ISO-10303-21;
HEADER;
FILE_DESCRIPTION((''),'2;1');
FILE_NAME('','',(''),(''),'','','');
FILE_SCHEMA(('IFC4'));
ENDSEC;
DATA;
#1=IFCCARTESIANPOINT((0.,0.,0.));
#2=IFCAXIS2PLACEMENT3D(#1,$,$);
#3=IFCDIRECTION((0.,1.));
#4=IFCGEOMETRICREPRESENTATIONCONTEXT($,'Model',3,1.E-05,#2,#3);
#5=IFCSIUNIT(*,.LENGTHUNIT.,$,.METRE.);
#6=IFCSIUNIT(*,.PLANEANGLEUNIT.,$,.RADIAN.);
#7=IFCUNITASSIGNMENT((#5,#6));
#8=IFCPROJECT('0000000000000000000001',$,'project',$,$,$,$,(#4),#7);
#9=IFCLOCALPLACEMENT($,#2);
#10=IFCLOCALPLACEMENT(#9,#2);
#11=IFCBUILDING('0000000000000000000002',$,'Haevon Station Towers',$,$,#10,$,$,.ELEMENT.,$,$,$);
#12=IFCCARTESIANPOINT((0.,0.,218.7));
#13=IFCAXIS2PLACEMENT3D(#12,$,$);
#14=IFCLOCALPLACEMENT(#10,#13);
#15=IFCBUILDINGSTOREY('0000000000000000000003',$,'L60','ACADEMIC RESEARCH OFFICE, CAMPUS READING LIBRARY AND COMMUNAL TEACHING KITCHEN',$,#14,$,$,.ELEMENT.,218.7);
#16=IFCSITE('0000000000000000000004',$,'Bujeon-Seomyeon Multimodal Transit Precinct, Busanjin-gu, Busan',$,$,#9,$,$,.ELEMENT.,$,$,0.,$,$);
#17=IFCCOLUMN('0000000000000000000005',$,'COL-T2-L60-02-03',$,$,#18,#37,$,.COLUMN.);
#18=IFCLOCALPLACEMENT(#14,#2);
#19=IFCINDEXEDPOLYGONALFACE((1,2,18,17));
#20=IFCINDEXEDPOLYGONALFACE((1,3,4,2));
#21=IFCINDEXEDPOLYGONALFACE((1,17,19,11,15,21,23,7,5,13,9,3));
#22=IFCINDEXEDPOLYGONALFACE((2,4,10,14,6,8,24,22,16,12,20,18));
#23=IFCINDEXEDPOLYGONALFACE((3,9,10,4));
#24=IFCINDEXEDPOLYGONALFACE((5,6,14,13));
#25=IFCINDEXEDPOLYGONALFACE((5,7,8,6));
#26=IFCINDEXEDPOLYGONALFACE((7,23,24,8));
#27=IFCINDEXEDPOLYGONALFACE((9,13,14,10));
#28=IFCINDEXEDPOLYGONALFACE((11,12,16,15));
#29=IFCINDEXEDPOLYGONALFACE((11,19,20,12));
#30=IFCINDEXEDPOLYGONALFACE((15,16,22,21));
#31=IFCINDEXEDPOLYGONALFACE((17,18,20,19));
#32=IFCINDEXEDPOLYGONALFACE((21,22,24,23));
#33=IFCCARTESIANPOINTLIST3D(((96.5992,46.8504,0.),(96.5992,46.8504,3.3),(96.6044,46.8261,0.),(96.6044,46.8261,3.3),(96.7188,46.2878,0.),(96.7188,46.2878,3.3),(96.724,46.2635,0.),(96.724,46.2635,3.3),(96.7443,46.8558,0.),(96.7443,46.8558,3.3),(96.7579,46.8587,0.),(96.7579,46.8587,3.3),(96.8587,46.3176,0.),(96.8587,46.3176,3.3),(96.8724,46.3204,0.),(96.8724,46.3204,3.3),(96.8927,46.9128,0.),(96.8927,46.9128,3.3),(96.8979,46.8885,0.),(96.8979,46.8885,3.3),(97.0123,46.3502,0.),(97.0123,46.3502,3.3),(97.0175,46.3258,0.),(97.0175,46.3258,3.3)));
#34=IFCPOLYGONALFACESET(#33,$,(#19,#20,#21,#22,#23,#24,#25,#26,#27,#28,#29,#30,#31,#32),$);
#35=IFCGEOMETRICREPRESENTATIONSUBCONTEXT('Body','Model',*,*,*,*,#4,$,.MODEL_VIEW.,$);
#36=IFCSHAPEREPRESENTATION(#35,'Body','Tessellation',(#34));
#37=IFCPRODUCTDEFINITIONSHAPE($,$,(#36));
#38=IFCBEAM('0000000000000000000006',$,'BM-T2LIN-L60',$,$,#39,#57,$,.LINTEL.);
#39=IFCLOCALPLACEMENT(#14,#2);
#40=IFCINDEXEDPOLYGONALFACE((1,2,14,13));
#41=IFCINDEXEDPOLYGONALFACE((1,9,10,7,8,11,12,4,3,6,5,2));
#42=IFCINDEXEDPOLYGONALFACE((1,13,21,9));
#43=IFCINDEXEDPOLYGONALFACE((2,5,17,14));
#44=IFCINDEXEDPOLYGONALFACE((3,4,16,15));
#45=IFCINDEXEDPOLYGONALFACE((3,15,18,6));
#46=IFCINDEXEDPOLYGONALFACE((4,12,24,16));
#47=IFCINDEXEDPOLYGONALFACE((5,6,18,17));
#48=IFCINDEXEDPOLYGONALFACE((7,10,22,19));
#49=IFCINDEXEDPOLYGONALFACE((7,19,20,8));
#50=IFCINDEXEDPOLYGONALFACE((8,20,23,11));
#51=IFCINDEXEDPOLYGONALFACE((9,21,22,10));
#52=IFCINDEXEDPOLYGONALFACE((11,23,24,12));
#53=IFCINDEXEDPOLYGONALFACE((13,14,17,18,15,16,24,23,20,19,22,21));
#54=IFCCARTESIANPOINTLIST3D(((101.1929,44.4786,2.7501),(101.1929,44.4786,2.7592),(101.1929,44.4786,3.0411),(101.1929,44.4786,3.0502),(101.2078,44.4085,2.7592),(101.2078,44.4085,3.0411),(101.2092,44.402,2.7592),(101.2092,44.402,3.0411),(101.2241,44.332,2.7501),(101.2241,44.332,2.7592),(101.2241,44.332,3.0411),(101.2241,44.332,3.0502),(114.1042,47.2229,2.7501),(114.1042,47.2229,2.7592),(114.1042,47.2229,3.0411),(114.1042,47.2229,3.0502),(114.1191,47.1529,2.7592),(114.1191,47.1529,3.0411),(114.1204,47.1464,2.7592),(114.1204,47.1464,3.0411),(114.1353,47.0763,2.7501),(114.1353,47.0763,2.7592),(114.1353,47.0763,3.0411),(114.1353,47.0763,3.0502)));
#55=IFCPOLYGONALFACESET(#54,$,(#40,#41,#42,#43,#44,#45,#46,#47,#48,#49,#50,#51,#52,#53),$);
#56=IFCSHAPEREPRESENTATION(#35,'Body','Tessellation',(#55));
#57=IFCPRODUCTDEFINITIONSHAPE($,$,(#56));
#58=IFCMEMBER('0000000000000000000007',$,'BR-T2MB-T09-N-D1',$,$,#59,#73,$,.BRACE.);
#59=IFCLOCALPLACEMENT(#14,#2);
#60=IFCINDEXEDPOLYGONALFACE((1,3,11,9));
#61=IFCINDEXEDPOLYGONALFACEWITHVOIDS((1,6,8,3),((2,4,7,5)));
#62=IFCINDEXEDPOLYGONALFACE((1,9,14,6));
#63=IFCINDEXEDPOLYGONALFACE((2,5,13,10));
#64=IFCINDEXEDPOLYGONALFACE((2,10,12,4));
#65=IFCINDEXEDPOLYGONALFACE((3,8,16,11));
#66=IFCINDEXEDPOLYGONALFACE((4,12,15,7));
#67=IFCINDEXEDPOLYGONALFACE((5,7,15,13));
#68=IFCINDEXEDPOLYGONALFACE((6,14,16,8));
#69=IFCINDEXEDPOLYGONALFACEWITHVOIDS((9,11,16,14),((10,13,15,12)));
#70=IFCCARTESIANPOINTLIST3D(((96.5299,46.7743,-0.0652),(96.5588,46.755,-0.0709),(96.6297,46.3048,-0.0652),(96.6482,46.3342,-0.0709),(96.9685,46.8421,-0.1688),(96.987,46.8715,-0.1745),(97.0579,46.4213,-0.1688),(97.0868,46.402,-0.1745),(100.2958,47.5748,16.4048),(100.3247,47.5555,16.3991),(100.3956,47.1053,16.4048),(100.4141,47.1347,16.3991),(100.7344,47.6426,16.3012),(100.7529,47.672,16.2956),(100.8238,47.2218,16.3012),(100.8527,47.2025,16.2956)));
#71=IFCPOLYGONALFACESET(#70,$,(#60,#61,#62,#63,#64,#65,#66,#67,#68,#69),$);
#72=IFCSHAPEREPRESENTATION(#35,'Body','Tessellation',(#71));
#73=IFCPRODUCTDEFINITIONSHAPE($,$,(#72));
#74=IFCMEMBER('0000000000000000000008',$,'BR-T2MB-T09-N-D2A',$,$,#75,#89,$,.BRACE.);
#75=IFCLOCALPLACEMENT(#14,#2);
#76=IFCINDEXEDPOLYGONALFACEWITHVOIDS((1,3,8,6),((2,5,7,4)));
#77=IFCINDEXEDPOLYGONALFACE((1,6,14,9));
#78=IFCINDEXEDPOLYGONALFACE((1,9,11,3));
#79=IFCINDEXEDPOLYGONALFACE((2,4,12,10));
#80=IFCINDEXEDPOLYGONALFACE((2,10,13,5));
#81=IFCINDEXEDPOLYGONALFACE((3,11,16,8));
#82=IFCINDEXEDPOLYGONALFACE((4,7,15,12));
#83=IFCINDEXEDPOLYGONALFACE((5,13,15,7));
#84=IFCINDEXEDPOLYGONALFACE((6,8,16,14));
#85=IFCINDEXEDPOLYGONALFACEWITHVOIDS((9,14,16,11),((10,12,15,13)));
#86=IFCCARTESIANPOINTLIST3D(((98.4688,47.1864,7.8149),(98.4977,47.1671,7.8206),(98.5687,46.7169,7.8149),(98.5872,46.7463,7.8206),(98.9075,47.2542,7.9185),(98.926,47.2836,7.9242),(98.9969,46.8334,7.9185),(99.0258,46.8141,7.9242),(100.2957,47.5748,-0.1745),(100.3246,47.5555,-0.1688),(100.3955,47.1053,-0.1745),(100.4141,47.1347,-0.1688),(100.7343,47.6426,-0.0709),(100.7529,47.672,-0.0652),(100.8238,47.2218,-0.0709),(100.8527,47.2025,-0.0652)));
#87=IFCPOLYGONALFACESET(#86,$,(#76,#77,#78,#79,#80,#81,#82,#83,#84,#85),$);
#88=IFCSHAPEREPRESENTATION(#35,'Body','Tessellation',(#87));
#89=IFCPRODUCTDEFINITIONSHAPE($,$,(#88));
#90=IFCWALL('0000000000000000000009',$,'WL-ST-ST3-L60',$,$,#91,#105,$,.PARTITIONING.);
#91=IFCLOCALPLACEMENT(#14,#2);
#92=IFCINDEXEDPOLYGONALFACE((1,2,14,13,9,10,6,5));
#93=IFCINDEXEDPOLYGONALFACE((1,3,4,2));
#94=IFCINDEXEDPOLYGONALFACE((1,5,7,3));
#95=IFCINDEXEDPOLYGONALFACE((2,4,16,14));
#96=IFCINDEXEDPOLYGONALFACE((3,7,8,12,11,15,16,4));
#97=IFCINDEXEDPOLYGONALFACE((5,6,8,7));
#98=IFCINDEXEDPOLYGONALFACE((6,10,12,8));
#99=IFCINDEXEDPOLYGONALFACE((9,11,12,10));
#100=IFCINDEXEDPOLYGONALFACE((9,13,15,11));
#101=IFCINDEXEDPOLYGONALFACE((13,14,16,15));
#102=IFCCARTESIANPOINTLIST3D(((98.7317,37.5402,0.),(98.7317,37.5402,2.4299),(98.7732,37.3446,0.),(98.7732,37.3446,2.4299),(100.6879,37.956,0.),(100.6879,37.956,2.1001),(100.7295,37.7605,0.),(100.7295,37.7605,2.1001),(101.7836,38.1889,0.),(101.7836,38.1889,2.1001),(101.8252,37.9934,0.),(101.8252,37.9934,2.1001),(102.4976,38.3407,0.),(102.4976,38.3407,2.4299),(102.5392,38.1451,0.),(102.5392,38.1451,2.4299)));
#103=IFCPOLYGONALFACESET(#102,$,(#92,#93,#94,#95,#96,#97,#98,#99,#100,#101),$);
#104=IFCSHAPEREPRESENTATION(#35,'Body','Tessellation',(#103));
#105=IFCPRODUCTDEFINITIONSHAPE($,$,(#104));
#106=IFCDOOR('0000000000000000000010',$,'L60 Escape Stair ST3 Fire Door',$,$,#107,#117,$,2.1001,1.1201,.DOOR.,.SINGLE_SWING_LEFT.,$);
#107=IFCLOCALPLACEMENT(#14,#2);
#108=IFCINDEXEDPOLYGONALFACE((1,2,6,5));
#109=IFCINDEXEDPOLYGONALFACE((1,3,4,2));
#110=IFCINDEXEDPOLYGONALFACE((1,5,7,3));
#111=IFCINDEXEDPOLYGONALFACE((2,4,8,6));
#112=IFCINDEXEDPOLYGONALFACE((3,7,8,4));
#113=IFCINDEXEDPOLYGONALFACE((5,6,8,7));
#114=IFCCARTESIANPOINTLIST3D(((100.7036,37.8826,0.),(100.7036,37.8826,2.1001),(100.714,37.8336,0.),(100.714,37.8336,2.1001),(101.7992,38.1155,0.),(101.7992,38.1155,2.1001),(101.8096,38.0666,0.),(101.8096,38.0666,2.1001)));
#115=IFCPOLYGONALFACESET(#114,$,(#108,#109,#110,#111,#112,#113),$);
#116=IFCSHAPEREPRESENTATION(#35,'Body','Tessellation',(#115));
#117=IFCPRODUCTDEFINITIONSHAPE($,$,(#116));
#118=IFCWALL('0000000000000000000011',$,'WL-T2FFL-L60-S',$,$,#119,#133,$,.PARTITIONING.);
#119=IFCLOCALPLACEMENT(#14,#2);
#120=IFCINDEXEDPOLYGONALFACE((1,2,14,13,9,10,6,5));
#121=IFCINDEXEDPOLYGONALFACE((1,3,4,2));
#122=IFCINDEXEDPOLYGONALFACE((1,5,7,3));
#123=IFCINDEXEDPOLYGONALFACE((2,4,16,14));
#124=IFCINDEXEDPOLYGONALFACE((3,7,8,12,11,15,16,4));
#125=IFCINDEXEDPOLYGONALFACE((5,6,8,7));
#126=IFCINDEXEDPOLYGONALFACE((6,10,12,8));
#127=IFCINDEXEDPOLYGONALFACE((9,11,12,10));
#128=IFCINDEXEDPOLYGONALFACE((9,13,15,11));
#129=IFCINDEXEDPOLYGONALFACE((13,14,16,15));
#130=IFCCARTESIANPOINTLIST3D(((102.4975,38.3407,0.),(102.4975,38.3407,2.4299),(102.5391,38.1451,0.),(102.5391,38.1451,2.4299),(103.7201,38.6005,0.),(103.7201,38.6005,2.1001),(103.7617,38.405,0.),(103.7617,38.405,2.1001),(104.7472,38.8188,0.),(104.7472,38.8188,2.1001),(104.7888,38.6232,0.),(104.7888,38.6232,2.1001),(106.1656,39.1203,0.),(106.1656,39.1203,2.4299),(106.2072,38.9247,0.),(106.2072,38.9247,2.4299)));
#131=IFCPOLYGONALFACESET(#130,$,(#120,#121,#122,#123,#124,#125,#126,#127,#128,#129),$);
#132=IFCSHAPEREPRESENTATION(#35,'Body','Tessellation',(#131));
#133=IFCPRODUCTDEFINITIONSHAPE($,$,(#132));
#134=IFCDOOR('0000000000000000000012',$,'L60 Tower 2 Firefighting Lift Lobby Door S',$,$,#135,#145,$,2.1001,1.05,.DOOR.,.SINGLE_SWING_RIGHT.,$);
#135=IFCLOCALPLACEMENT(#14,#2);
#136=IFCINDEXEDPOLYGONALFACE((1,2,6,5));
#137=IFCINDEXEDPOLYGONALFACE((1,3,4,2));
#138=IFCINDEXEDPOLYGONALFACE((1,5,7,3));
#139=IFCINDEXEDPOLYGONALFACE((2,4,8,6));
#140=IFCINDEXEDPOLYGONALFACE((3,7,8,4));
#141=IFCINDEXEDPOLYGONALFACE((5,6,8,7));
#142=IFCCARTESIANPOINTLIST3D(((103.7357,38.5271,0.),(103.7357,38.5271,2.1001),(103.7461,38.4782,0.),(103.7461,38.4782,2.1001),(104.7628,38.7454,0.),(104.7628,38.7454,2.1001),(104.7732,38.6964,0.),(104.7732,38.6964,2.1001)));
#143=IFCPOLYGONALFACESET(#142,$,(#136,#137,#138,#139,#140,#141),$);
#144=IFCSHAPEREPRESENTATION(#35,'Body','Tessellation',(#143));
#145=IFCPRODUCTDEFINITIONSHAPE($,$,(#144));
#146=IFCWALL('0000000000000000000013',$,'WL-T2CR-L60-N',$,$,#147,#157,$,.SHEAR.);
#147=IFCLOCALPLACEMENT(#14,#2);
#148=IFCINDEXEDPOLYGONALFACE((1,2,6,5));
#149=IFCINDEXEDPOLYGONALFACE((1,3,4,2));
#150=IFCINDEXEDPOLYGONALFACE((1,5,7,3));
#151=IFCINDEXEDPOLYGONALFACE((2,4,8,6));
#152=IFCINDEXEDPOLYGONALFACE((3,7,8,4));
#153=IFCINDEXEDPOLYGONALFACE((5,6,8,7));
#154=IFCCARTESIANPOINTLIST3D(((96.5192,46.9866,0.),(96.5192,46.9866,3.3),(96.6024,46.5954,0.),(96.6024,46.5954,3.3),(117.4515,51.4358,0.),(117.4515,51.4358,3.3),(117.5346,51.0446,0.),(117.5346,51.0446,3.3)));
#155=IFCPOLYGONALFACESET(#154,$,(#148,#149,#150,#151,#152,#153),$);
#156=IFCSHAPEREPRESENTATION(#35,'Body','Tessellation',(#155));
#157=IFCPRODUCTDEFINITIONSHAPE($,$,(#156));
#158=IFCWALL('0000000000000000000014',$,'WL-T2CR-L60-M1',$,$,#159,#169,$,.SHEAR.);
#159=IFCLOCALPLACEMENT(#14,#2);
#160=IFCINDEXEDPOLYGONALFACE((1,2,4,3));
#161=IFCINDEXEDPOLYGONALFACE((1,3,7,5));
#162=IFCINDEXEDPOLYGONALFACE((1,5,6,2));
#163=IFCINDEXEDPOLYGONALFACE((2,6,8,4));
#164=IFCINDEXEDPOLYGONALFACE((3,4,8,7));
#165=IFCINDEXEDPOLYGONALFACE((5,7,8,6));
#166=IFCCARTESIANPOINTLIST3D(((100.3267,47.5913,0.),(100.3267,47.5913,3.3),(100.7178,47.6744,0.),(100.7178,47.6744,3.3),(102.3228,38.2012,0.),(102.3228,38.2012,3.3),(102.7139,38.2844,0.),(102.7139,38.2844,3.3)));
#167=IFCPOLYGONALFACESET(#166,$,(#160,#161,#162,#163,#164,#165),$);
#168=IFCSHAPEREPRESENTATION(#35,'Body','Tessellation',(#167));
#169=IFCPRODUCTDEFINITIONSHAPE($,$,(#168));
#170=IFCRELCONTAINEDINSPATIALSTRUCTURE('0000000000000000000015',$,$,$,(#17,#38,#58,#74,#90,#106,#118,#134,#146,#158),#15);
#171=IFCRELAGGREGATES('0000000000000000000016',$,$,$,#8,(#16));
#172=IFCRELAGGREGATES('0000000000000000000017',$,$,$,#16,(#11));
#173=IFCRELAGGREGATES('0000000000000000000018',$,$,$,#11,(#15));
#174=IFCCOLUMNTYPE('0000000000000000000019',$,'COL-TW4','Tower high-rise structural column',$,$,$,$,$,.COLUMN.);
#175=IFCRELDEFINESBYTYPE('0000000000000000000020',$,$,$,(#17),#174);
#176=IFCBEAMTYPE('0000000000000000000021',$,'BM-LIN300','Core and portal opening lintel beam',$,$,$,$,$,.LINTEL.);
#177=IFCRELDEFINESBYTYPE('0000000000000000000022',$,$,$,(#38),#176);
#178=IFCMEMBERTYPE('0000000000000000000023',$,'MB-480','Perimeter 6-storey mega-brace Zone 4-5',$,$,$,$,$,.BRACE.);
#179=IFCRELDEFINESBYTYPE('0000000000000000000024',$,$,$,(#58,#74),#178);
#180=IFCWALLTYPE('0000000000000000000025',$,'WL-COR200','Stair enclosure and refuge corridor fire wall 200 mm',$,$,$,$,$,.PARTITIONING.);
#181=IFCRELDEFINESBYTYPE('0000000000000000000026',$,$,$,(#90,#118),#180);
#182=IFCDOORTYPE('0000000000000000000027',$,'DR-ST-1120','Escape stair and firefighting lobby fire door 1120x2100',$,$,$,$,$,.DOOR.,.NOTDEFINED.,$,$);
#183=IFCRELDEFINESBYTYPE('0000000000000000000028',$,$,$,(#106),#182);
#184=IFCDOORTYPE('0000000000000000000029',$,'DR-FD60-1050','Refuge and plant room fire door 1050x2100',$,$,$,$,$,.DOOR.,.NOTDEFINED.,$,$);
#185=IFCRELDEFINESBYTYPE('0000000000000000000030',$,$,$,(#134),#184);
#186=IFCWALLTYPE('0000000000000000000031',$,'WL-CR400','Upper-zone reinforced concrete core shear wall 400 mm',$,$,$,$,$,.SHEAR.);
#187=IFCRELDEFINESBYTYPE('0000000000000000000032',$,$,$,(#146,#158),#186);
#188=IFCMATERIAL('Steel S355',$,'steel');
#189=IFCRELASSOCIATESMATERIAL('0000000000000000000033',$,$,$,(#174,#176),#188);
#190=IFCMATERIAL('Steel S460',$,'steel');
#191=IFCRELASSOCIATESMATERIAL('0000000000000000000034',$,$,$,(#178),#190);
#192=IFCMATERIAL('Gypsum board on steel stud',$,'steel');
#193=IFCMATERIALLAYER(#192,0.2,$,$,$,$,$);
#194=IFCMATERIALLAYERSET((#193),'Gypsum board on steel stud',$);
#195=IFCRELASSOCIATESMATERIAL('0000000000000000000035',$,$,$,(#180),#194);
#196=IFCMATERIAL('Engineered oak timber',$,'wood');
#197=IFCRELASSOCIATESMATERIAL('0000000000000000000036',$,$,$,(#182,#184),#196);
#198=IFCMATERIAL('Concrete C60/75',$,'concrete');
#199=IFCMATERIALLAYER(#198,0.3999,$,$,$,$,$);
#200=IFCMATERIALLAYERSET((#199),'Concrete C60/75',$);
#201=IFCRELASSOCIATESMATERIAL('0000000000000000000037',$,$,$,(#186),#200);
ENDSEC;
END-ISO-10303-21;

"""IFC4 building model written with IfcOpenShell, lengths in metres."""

from ifc_helpers import new_model, si_unit, direction, frame, frame_2d, origin, origin_2d, place, context, subcontext, project, spatial, rectangle, hollow_rectangle, i_section, extrude, material, layer, layer_set, material_profile, profile_set, type_object, element, fill, save


model = new_model("IFC4")

# Units and contexts
model_context = context("Model", 3, precision=1e-05, world=origin(), true_north=direction((0.0, 1.0)))
body_context = subcontext(model_context, "Body", "Model", "MODEL_VIEW")
ifc_project = project(units=[si_unit("LENGTHUNIT", "METRE"), si_unit("PLANEANGLEUNIT", "RADIAN")], contexts=[model_context])

# Site, building, storey
site_placement = place(None, origin())
site = spatial("IfcSite", under=ifc_project, at=site_placement, Name="Bujeon-Seomyeon Multimodal Transit Precinct, Busanjin-gu, Busan", CompositionType="ELEMENT", RefElevation=0.0)
building_placement = place(site_placement, origin())
building = spatial("IfcBuilding", under=site, at=building_placement, Name="Haevon Station Towers", CompositionType="ELEMENT")
storey_placement = place(building_placement, frame((0.0, 0.0, 218.7)))
storey = spatial("IfcBuildingStorey", under=building, at=storey_placement, Name="L60", Description="ACADEMIC RESEARCH OFFICE, CAMPUS READING LIBRARY AND COMMUNAL TEACHING KITCHEN", CompositionType="ELEMENT", Elevation=218.7)

# Column
ifc_material_1 = material(Name="Steel S355", Category="steel")
ifc_material_profile_1 = material_profile(ifc_material_1, i_section(OverallWidth=0.3, OverallDepth=0.6001, WebThickness=0.0139, FlangeThickness=0.0249, at=origin_2d()), Name="H-600x300x14x25")
ifc_profile_set_1 = profile_set([ifc_material_profile_1], Name="Steel S355")
column_type = type_object("IfcColumnType", Name="COL-TW4", Description="Tower high-rise structural column", PredefinedType="COLUMN", material=ifc_profile_set_1)
column_placement = place(storey_placement, frame((96.8083, 46.5881, 0.0), z_axis=(0.0, 0.0, 1.0), x_axis=(0.978148, 0.207912, 0.0)))
element("IfcColumn", 1, at=column_placement, inside=storey, type_object=column_type, Name="COL-T2-L60-02-03", PredefinedType="COLUMN", context=body_context, shape_type="SweptSolid", body=[
    extrude(i_section(OverallWidth=0.3, OverallDepth=0.6001, WebThickness=0.0139, FlangeThickness=0.0249, at=origin_2d()), origin(), (0.0, 0.0, 1.0), 3.3),
])

# Beam
ifc_material_profile_2 = material_profile(ifc_material_1, i_section(OverallWidth=0.1499, OverallDepth=0.3, WebThickness=0.0066, FlangeThickness=0.009, at=origin_2d()), Name="H-300x150x6.5x9")
ifc_profile_set_2 = profile_set([ifc_material_profile_2], Name="Steel S355")
beam_type = type_object("IfcBeamType", Name="BM-LIN300", Description="Core and portal opening lintel beam", PredefinedType="LINTEL", material=ifc_profile_set_2)
beam_placement = place(storey_placement, frame((101.2085, 44.4053, 2.9001), z_axis=(0.978148, 0.207911, 0.0), x_axis=(-0.207911, 0.978148, 0.0)))
element("IfcBeam", 2, at=beam_placement, inside=storey, type_object=beam_type, Name="BM-T2LIN-L60", PredefinedType="LINTEL", context=body_context, shape_type="SweptSolid", body=[
    extrude(i_section(OverallWidth=0.1499, OverallDepth=0.3, WebThickness=0.0066, FlangeThickness=0.009, at=origin_2d()), origin(), (0.0, 0.0, 1.0), 13.1997),
])

# Members
ifc_material_2 = material(Name="Steel S460", Category="steel")
ifc_material_profile_3 = material_profile(ifc_material_2, hollow_rectangle(XDim=0.48, YDim=0.48, WallThickness=0.0249, at=origin_2d()), Name="RHS-480x480x25")
ifc_profile_set_3 = profile_set([ifc_material_profile_3], Name="Steel S460")
member_type = type_object("IfcMemberType", Name="MB-480", Description="Perimeter 6-storey mega-brace Zone 4-5", PredefinedType="BRACE", material=ifc_profile_set_3)
member_1_placement = place(storey_placement, frame((96.8083, 46.5881, -0.1199), z_axis=(0.222648, 0.04733, 0.973749), x_axis=(-0.207931, 0.978144, 0.0)))
element("IfcMember", 3, at=member_1_placement, inside=storey, type_object=member_type, Name="BR-T2MB-T09-N-D1", PredefinedType="BRACE", context=body_context, shape_type="SweptSolid", body=[
    extrude(hollow_rectangle(XDim=0.48, YDim=0.48, WallThickness=0.0249, at=origin_2d()), origin(), (0.0, 0.0, 1.0), 16.9141),
])
member_2_placement = place(storey_placement, frame((100.5742, 47.3887, -0.1199), z_axis=(-0.22266, -0.047341, 0.973746), x_axis=(0.207967, -0.978136, 0.0)))
element("IfcMember", 4, at=member_2_placement, inside=storey, type_object=member_type, Name="BR-T2MB-T09-N-D2A", PredefinedType="BRACE", context=body_context, shape_type="SweptSolid", body=[
    extrude(hollow_rectangle(XDim=0.48, YDim=0.48, WallThickness=0.0249, at=origin_2d()), origin(), (0.0, 0.0, 1.0), 8.2048),
])

# Walls, openings, doors
ifc_material_3 = material(Name="Gypsum board on steel stud", Category="steel")
ifc_layer_1 = layer(ifc_material_3, 0.2)
ifc_layer_set_1 = layer_set([ifc_layer_1], Name="Gypsum board on steel stud")
wall_type_1 = type_object("IfcWallType", Name="WL-COR200", Description="Stair enclosure and refuge corridor fire wall 200 mm", PredefinedType="PARTITIONING", material=ifc_layer_set_1)
wall_1_placement = place(storey_placement, frame((98.7524, 37.4424, 0.0), z_axis=(0.0, 0.0, 1.0), x_axis=(0.978144, 0.207931, 0.0)))
wall_1 = element("IfcWall", 5, at=wall_1_placement, inside=storey, type_object=wall_type_1, Name="WL-ST-ST3-L60", PredefinedType="PARTITIONING", context=body_context, shape_type="SweptSolid", body=[
    extrude(rectangle(XDim=3.8501, YDim=0.2, at=frame_2d((1.925, 0.0))), origin(), (0.0, 0.0, 1.0), 2.4299),
])
opening_1_placement = place(wall_1_placement, frame((2.0, 0.0, 0.0)))
opening_1 = element("IfcOpeningElement", 6, at=opening_1_placement, cuts=wall_1, PredefinedType="OPENING", context=body_context, shape_type="SweptSolid", body=[
    extrude(rectangle(XDim=1.1201, YDim=2.1001, at=frame_2d((0.5601, 1.05))), frame((0.0, 0.1099, 0.0), z_axis=(0.0, -1.0, 0.0), x_axis=(1.0, 0.0, 0.0)), (0.0, 0.0, 1.0), 0.22),
])
ifc_material_4 = material(Name="Engineered oak timber", Category="wood")
door_type_1 = type_object("IfcDoorType", Name="DR-ST-1120", Description="Escape stair and firefighting lobby fire door 1120x2100", OperationType="NOTDEFINED", PredefinedType="DOOR", material=ifc_material_4)
door_1_placement = place(opening_1_placement, origin())
door_1 = element("IfcDoor", 7, at=door_1_placement, inside=storey, type_object=door_type_1, Name="L60 Escape Stair ST3 Fire Door", OperationType="SINGLE_SWING_LEFT", OverallHeight=2.1001, OverallWidth=1.1201, PredefinedType="DOOR", context=body_context, shape_type="SweptSolid", body=[
    extrude(rectangle(XDim=1.1201, YDim=2.1001, at=frame_2d((0.5601, 1.05))), frame((0.0, 0.0249, 0.0), z_axis=(0.0, -1.0, 0.0), x_axis=(1.0, 0.0, 0.0)), (0.0, 0.0, 1.0), 0.05),
])
fill(opening_1, door_1)
wall_2_placement = place(storey_placement, frame((102.5183, 38.2429, 0.0), z_axis=(0.0, 0.0, 1.0), x_axis=(0.978154, 0.207884, 0.0)))
wall_2 = element("IfcWall", 8, at=wall_2_placement, inside=storey, type_object=wall_type_1, Name="WL-T2FFL-L60-S", PredefinedType="PARTITIONING", context=body_context, shape_type="SweptSolid", body=[
    extrude(rectangle(XDim=3.75, YDim=0.2, at=frame_2d((1.875, 0.0))), origin(), (0.0, 0.0, 1.0), 2.4299),
])
opening_2_placement = place(wall_2_placement, frame((1.25, 0.0, 0.0)))
opening_2 = element("IfcOpeningElement", 9, at=opening_2_placement, cuts=wall_2, PredefinedType="OPENING", context=body_context, shape_type="SweptSolid", body=[
    extrude(rectangle(XDim=1.05, YDim=2.1001, at=frame_2d((0.5249, 1.05))), frame((0.0, 0.1099, 0.0), z_axis=(0.0, -1.0, 0.0), x_axis=(1.0, 0.0, 0.0)), (0.0, 0.0, 1.0), 0.22),
])
door_type_2 = type_object("IfcDoorType", Name="DR-FD60-1050", Description="Refuge and plant room fire door 1050x2100", OperationType="NOTDEFINED", PredefinedType="DOOR", material=ifc_material_4)
door_2_placement = place(opening_2_placement, origin())
door_2 = element("IfcDoor", 10, at=door_2_placement, inside=storey, type_object=door_type_2, Name="L60 Tower 2 Firefighting Lift Lobby Door S", OperationType="SINGLE_SWING_RIGHT", OverallHeight=2.1001, OverallWidth=1.05, PredefinedType="DOOR", context=body_context, shape_type="SweptSolid", body=[
    extrude(rectangle(XDim=1.05, YDim=2.1001, at=frame_2d((0.5249, 1.05))), frame((0.0, 0.0249, 0.0), z_axis=(0.0, -1.0, 0.0), x_axis=(1.0, 0.0, 0.0)), (0.0, 0.0, 1.0), 0.05),
])
fill(opening_2, door_2)

# Walls
ifc_material_5 = material(Name="Concrete C60/75", Category="concrete")
ifc_layer_2 = layer(ifc_material_5, 0.3999)
ifc_layer_set_2 = layer_set([ifc_layer_2], Name="Concrete C60/75")
wall_type_2 = type_object("IfcWallType", Name="WL-CR400", Description="Upper-zone reinforced concrete core shear wall 400 mm", PredefinedType="SHEAR", material=ifc_layer_set_2)
wall_3_placement = place(storey_placement, frame((96.5608, 46.791, 0.0), z_axis=(0.0, 0.0, 1.0), x_axis=(0.978148, 0.207907, 0.0)))
element("IfcWall", 11, at=wall_3_placement, inside=storey, type_object=wall_type_2, Name="WL-T2CR-L60-N", PredefinedType="SHEAR", context=body_context, shape_type="SweptSolid", body=[
    extrude(rectangle(XDim=21.3999, YDim=0.3999, at=frame_2d((10.7, 0.0))), origin(), (0.0, 0.0, 1.0), 3.3),
])
wall_4_placement = place(storey_placement, frame((102.5183, 38.2429, 0.0), z_axis=(0.0, 0.0, 1.0), x_axis=(-0.207927, 0.978144, 0.0)))
element("IfcWall", 12, at=wall_4_placement, inside=storey, type_object=wall_type_2, Name="WL-T2CR-L60-M1", PredefinedType="SHEAR", context=body_context, shape_type="SweptSolid", body=[
    extrude(rectangle(XDim=9.5999, YDim=0.3999, at=frame_2d((4.7998, 0.0))), origin(), (0.0, 0.0, 1.0), 3.3),
])

save(model, "model.ifc")
